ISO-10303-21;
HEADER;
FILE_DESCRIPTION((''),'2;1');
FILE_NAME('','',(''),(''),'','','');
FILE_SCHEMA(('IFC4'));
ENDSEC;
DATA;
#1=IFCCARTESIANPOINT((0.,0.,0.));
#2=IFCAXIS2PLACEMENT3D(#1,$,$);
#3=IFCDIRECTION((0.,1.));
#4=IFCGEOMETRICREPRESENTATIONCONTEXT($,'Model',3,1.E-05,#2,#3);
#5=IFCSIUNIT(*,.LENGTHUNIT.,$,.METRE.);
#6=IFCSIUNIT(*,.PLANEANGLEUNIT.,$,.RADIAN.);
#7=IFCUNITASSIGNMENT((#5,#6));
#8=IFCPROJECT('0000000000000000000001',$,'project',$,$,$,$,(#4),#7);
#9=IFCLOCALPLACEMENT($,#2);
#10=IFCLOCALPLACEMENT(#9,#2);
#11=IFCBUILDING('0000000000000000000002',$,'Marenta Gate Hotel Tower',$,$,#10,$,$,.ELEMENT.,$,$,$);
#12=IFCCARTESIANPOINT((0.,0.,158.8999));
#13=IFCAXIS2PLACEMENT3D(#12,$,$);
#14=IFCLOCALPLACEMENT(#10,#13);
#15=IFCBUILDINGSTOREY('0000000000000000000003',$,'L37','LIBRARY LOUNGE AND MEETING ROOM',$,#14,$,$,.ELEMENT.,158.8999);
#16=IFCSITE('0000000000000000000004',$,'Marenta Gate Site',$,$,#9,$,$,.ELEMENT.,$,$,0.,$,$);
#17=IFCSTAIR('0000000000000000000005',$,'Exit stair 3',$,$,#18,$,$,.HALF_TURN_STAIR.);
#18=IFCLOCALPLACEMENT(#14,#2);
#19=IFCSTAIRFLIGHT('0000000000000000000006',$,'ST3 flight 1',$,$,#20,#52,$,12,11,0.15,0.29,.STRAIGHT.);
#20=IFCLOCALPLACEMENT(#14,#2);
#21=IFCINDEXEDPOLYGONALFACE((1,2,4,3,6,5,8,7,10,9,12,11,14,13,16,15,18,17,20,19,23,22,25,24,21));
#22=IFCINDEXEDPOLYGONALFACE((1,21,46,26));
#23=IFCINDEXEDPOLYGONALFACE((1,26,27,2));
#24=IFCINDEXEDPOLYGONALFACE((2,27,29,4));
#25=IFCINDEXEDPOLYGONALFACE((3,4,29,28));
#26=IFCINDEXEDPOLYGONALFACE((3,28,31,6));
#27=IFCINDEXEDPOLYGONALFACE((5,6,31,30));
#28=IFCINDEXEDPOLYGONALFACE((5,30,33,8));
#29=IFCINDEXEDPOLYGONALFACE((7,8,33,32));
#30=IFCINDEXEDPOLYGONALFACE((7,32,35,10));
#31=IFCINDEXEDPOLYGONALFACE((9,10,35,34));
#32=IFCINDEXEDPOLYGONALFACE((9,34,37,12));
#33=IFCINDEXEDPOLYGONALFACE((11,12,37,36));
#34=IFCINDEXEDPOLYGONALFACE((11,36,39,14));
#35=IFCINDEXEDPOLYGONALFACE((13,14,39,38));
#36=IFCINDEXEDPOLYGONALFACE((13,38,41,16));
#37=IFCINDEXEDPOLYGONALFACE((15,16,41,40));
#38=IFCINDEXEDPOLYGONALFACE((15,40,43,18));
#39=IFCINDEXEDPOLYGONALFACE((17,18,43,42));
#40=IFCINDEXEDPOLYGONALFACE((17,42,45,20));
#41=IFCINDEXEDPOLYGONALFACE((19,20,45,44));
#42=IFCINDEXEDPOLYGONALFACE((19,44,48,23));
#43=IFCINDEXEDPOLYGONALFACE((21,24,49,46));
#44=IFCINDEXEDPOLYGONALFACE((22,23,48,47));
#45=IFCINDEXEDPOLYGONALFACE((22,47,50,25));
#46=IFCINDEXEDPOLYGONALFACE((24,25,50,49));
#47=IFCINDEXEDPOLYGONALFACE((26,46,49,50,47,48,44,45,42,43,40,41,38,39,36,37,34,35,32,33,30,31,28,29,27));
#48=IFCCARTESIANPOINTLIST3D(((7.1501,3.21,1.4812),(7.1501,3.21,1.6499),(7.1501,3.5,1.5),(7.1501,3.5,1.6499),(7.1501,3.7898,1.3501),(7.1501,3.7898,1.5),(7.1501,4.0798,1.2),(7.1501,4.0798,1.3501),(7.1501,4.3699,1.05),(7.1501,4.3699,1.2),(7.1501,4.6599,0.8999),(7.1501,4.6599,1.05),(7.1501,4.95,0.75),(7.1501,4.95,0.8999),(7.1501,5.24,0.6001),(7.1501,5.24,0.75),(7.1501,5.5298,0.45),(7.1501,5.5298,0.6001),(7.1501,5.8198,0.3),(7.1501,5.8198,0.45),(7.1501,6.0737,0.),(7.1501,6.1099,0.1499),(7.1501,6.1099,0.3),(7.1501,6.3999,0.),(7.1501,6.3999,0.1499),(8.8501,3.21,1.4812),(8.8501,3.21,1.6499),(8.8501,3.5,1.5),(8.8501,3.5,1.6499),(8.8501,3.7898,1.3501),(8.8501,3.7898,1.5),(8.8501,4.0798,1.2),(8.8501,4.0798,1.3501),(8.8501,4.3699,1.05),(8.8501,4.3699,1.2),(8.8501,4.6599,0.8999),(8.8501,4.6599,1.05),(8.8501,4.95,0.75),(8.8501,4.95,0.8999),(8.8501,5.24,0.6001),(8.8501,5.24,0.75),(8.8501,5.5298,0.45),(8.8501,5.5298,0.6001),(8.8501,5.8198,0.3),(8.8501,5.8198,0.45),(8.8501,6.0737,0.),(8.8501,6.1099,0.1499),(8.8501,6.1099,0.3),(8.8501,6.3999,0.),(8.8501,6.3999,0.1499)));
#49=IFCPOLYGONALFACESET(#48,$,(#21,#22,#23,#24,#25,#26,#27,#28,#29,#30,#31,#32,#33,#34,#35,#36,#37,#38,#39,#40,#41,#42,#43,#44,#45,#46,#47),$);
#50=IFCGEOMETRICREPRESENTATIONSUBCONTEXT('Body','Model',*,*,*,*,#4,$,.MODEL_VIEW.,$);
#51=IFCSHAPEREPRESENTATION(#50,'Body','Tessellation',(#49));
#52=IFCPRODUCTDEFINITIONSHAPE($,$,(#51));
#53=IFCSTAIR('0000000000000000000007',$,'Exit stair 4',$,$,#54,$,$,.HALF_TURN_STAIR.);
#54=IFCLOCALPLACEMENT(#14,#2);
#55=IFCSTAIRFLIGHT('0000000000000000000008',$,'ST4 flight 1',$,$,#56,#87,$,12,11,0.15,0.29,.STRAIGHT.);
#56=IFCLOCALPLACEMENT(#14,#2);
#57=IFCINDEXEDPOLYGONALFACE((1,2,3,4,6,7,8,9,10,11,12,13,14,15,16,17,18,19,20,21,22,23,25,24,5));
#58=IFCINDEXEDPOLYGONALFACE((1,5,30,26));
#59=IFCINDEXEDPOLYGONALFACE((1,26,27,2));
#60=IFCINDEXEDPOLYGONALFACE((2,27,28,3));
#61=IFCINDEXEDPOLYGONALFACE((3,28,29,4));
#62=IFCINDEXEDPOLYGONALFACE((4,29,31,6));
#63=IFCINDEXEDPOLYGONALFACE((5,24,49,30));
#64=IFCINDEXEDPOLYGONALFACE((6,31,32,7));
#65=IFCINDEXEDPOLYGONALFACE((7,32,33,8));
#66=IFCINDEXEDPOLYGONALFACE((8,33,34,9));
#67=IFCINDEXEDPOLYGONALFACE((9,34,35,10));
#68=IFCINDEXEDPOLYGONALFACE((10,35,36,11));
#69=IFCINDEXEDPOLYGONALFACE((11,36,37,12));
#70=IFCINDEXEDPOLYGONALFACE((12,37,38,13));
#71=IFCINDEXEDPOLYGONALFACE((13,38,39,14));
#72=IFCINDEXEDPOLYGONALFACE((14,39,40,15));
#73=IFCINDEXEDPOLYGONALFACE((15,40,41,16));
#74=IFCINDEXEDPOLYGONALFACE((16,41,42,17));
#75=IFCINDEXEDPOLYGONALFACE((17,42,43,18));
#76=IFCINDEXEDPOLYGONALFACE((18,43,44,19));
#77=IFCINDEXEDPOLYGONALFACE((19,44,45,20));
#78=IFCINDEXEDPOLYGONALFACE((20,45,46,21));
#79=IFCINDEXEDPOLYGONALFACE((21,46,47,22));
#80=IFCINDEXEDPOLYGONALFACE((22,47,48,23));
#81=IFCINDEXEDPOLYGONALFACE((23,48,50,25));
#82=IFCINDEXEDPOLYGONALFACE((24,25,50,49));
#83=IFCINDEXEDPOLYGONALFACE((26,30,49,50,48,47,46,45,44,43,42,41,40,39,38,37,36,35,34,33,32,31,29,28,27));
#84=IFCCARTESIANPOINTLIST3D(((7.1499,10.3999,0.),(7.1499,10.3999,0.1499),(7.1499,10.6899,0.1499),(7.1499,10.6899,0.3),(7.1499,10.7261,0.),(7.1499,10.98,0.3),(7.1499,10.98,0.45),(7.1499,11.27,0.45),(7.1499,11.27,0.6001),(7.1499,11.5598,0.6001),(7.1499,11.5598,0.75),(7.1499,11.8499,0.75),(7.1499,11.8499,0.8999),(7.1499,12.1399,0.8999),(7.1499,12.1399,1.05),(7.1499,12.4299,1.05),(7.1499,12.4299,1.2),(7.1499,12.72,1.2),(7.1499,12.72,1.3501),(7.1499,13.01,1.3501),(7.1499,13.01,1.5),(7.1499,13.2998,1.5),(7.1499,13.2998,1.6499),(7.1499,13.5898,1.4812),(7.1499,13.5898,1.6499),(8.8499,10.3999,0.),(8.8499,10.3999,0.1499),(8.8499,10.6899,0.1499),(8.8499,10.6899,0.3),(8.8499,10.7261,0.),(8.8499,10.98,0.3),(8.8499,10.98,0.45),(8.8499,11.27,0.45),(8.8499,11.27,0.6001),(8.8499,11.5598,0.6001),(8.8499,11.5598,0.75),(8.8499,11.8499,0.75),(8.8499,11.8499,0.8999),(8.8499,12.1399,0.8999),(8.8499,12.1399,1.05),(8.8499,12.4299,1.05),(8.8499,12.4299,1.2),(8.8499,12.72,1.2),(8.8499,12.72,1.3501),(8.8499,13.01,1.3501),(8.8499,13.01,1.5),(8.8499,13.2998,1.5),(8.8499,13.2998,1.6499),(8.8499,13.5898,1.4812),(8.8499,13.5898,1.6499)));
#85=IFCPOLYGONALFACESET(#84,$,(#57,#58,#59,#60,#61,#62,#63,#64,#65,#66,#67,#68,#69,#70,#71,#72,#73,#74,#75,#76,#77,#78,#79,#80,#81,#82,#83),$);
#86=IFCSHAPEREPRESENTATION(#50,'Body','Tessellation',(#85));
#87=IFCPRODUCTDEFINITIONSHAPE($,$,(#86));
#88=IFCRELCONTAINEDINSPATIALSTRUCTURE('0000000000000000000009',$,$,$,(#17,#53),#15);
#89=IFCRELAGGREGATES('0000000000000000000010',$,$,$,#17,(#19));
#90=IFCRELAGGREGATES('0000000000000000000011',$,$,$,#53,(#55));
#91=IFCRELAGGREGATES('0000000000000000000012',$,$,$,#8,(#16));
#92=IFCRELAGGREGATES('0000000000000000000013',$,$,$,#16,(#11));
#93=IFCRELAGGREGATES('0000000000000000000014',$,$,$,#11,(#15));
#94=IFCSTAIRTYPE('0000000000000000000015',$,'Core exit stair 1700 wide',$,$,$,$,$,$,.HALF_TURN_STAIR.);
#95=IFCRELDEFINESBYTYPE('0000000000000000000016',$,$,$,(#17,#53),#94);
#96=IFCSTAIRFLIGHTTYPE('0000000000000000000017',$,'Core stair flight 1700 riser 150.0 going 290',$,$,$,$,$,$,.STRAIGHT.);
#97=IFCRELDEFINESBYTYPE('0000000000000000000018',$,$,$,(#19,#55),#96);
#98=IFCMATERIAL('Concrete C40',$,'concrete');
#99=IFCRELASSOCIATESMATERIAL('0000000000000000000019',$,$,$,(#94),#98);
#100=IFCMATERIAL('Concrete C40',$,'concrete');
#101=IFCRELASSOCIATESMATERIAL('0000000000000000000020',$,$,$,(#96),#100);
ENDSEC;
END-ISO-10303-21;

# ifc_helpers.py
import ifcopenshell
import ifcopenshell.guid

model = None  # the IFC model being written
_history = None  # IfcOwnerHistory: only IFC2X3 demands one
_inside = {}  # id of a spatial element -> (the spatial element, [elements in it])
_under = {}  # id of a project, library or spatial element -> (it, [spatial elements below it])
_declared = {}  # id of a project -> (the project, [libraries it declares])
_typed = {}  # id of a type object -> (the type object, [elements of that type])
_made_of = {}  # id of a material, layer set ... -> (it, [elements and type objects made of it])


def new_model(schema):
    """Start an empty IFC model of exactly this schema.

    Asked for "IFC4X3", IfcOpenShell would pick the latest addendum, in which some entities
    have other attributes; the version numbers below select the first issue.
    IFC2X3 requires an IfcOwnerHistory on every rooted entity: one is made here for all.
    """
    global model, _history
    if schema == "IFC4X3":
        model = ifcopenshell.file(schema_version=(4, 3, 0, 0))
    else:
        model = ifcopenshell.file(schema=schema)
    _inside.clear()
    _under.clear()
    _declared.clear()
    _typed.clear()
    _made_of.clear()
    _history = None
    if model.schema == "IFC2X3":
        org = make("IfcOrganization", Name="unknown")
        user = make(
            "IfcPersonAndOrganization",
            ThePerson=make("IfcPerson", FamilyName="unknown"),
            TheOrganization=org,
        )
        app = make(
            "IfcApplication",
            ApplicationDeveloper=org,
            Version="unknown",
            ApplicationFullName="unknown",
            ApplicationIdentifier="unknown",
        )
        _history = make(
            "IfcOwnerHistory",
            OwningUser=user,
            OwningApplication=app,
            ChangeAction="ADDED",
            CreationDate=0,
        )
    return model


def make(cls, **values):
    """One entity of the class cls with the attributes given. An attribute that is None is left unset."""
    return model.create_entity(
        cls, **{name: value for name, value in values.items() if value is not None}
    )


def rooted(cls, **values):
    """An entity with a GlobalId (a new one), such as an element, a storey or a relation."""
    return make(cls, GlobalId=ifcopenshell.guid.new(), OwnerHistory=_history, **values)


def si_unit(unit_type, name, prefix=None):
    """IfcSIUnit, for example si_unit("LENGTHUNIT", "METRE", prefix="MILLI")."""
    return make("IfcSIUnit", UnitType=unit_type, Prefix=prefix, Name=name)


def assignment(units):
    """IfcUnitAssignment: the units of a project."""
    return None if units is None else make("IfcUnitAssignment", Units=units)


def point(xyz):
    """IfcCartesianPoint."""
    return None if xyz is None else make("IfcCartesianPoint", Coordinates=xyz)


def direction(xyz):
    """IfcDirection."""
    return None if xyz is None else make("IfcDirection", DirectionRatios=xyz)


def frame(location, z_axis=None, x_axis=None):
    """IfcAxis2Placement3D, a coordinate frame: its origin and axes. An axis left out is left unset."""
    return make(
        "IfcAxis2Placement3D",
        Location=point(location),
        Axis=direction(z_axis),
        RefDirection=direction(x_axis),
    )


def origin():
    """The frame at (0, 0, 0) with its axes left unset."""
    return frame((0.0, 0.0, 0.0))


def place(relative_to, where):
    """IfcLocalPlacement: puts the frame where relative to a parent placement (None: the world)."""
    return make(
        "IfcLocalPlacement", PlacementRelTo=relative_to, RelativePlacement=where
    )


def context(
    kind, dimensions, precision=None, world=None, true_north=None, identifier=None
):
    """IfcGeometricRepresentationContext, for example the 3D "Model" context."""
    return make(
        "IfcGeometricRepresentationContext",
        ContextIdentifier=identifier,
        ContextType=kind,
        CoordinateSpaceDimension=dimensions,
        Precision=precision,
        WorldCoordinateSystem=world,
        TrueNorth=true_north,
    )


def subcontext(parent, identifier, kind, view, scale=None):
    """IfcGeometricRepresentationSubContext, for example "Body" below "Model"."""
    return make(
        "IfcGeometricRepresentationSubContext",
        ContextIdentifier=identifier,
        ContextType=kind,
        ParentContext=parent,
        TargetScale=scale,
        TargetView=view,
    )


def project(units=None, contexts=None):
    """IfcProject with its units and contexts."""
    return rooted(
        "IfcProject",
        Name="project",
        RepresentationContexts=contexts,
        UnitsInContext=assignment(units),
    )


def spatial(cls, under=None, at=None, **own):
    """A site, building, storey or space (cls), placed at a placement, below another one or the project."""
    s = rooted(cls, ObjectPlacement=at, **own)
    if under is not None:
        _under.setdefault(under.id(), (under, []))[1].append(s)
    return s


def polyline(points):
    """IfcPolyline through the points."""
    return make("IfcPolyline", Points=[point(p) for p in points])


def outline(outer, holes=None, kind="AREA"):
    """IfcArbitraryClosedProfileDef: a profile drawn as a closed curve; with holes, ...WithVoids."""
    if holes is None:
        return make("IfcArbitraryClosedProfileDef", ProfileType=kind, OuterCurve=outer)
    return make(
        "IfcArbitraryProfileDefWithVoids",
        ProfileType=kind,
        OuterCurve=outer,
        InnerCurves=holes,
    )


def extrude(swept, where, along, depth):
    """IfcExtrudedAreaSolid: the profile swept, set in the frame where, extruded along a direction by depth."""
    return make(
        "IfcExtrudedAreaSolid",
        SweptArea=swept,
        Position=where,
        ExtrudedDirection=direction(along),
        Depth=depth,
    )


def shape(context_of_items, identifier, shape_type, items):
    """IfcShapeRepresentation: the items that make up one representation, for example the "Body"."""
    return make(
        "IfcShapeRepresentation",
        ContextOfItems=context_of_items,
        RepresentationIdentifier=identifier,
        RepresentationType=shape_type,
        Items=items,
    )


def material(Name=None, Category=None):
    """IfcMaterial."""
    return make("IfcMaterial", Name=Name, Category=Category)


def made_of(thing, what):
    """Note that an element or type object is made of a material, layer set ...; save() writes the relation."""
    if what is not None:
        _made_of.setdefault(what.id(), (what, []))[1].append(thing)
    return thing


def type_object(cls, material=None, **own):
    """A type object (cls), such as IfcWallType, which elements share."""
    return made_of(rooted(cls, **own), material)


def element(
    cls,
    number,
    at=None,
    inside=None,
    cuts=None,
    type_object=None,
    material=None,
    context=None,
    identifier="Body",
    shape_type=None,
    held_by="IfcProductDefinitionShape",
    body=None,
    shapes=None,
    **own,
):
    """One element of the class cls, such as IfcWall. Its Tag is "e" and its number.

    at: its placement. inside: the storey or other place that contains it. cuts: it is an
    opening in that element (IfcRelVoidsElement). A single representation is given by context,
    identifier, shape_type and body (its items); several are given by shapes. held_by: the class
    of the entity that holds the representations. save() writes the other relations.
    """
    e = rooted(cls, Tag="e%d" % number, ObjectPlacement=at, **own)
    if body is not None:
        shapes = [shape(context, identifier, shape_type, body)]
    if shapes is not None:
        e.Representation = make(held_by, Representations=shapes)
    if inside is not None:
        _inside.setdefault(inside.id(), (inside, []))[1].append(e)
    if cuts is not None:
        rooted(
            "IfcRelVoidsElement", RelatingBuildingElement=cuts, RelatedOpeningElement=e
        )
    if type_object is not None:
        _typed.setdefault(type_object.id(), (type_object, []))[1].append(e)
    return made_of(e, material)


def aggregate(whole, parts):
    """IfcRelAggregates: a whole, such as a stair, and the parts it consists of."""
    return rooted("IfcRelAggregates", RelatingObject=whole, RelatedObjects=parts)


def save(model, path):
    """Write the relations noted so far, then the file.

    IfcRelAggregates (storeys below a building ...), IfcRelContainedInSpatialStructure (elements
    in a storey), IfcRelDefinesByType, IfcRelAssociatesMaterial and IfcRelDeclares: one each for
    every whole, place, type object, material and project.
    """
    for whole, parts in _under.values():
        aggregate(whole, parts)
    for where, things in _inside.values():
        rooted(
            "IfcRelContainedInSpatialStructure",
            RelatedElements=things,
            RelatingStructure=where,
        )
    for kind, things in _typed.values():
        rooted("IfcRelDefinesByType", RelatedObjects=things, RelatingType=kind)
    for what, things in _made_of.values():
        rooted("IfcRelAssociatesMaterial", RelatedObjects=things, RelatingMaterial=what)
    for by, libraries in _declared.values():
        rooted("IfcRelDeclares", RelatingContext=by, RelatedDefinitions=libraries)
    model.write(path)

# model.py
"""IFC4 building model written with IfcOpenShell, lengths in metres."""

from ifc_helpers import new_model, si_unit, direction, frame, origin, place, context, subcontext, project, spatial, polyline, outline, extrude, material, type_object, element, aggregate, save


model = new_model("IFC4")

# Units and contexts
model_context = context("Model", 3, precision=1e-05, world=origin(), true_north=direction((0.0, 1.0)))
body_context = subcontext(model_context, "Body", "Model", "MODEL_VIEW")
ifc_project = project(units=[si_unit("LENGTHUNIT", "METRE"), si_unit("PLANEANGLEUNIT", "RADIAN")], contexts=[model_context])

# Site, building, storey
site_placement = place(None, origin())
site = spatial("IfcSite", under=ifc_project, at=site_placement, Name="Marenta Gate Site", CompositionType="ELEMENT", RefElevation=0.0)
building_placement = place(site_placement, origin())
building = spatial("IfcBuilding", under=site, at=building_placement, Name="Marenta Gate Hotel Tower", CompositionType="ELEMENT")
storey_placement = place(building_placement, frame((0.0, 0.0, 158.8999)))
storey = spatial("IfcBuildingStorey", under=building, at=storey_placement, Name="L37", Description="LIBRARY LOUNGE AND MEETING ROOM", CompositionType="ELEMENT", Elevation=158.8999)

# Stairs, stair flights
ifc_material_1 = material(Name="Concrete C40", Category="concrete")
stair_type = type_object("IfcStairType", Name="Core exit stair 1700 wide", PredefinedType="HALF_TURN_STAIR", material=ifc_material_1)
stair_1_placement = place(storey_placement, origin())
stair_1 = element("IfcStair", 1, at=stair_1_placement, inside=storey, type_object=stair_type, Name="Exit stair 3", PredefinedType="HALF_TURN_STAIR")
ifc_material_2 = material(Name="Concrete C40", Category="concrete")
stair_flight_type = type_object("IfcStairFlightType", Name="Core stair flight 1700 riser 150.0 going 290", PredefinedType="STRAIGHT", material=ifc_material_2)
stair_flight_1_placement = place(storey_placement, frame((8.0, 6.3999, 0.0), z_axis=(0.0, 0.0, 1.0), x_axis=(0.0, -1.0, 0.0)))
stair_flight_1 = element("IfcStairFlight", 2, at=stair_flight_1_placement, type_object=stair_flight_type, Name="ST3 flight 1", NumberOfRisers=12, NumberOfTreads=11, PredefinedType="STRAIGHT", RiserHeight=0.15, TreadLength=0.29, context=body_context, shape_type="SweptSolid", body=[
    extrude(outline(polyline([(0.0, 0.0), (0.0, 0.1499), (0.29, 0.1499), (0.29, 0.3), (0.5801, 0.3), (0.5801, 0.45), (0.8701, 0.45), (0.8701, 0.6001), (1.1599, 0.6001), (1.1599, 0.75), (1.45, 0.75), (1.45, 0.8999), (1.74, 0.8999), (1.74, 1.05), (2.03, 1.05), (2.03, 1.2), (2.3201, 1.2), (2.3201, 1.3501), (2.6101, 1.3501), (2.6101, 1.5), (2.8999, 1.5), (2.8999, 1.6499), (3.1899, 1.6499), (3.1899, 1.8), (3.1899, 1.4812), (0.3262, 0.0), (0.0, 0.0)])), frame((0.0, 0.8501, 0.0), z_axis=(0.0, -1.0, 0.0), x_axis=(1.0, 0.0, 0.0)), (0.0, 0.0, 1.0), 1.7),
])
aggregate(stair_1, [stair_flight_1])
stair_2_placement = place(storey_placement, origin())
stair_2 = element("IfcStair", 3, at=stair_2_placement, inside=storey, type_object=stair_type, Name="Exit stair 4", PredefinedType="HALF_TURN_STAIR")
stair_flight_2_placement = place(storey_placement, frame((8.0, 10.3999, 0.0), z_axis=(0.0, 0.0, 1.0), x_axis=(0.0, 1.0, 0.0)))
stair_flight_2 = element("IfcStairFlight", 4, at=stair_flight_2_placement, type_object=stair_flight_type, Name="ST4 flight 1", NumberOfRisers=12, NumberOfTreads=11, PredefinedType="STRAIGHT", RiserHeight=0.15, TreadLength=0.29, context=body_context, shape_type="SweptSolid", body=[
    extrude(outline(polyline([(0.0, 0.0), (0.0, 0.1499), (0.29, 0.1499), (0.29, 0.3), (0.5801, 0.3), (0.5801, 0.45), (0.8701, 0.45), (0.8701, 0.6001), (1.1599, 0.6001), (1.1599, 0.75), (1.45, 0.75), (1.45, 0.8999), (1.74, 0.8999), (1.74, 1.05), (2.03, 1.05), (2.03, 1.2), (2.3201, 1.2), (2.3201, 1.3501), (2.6101, 1.3501), (2.6101, 1.5), (2.8999, 1.5), (2.8999, 1.6499), (3.1899, 1.6499), (3.1899, 1.8), (3.1899, 1.4812), (0.3262, 0.0), (0.0, 0.0)])), frame((0.0, 0.8501, 0.0), z_axis=(0.0, -1.0, 0.0), x_axis=(1.0, 0.0, 0.0)), (0.0, 0.0, 1.0), 1.7),
])
aggregate(stair_2, [stair_flight_2])

save(model, "model.ifc")
